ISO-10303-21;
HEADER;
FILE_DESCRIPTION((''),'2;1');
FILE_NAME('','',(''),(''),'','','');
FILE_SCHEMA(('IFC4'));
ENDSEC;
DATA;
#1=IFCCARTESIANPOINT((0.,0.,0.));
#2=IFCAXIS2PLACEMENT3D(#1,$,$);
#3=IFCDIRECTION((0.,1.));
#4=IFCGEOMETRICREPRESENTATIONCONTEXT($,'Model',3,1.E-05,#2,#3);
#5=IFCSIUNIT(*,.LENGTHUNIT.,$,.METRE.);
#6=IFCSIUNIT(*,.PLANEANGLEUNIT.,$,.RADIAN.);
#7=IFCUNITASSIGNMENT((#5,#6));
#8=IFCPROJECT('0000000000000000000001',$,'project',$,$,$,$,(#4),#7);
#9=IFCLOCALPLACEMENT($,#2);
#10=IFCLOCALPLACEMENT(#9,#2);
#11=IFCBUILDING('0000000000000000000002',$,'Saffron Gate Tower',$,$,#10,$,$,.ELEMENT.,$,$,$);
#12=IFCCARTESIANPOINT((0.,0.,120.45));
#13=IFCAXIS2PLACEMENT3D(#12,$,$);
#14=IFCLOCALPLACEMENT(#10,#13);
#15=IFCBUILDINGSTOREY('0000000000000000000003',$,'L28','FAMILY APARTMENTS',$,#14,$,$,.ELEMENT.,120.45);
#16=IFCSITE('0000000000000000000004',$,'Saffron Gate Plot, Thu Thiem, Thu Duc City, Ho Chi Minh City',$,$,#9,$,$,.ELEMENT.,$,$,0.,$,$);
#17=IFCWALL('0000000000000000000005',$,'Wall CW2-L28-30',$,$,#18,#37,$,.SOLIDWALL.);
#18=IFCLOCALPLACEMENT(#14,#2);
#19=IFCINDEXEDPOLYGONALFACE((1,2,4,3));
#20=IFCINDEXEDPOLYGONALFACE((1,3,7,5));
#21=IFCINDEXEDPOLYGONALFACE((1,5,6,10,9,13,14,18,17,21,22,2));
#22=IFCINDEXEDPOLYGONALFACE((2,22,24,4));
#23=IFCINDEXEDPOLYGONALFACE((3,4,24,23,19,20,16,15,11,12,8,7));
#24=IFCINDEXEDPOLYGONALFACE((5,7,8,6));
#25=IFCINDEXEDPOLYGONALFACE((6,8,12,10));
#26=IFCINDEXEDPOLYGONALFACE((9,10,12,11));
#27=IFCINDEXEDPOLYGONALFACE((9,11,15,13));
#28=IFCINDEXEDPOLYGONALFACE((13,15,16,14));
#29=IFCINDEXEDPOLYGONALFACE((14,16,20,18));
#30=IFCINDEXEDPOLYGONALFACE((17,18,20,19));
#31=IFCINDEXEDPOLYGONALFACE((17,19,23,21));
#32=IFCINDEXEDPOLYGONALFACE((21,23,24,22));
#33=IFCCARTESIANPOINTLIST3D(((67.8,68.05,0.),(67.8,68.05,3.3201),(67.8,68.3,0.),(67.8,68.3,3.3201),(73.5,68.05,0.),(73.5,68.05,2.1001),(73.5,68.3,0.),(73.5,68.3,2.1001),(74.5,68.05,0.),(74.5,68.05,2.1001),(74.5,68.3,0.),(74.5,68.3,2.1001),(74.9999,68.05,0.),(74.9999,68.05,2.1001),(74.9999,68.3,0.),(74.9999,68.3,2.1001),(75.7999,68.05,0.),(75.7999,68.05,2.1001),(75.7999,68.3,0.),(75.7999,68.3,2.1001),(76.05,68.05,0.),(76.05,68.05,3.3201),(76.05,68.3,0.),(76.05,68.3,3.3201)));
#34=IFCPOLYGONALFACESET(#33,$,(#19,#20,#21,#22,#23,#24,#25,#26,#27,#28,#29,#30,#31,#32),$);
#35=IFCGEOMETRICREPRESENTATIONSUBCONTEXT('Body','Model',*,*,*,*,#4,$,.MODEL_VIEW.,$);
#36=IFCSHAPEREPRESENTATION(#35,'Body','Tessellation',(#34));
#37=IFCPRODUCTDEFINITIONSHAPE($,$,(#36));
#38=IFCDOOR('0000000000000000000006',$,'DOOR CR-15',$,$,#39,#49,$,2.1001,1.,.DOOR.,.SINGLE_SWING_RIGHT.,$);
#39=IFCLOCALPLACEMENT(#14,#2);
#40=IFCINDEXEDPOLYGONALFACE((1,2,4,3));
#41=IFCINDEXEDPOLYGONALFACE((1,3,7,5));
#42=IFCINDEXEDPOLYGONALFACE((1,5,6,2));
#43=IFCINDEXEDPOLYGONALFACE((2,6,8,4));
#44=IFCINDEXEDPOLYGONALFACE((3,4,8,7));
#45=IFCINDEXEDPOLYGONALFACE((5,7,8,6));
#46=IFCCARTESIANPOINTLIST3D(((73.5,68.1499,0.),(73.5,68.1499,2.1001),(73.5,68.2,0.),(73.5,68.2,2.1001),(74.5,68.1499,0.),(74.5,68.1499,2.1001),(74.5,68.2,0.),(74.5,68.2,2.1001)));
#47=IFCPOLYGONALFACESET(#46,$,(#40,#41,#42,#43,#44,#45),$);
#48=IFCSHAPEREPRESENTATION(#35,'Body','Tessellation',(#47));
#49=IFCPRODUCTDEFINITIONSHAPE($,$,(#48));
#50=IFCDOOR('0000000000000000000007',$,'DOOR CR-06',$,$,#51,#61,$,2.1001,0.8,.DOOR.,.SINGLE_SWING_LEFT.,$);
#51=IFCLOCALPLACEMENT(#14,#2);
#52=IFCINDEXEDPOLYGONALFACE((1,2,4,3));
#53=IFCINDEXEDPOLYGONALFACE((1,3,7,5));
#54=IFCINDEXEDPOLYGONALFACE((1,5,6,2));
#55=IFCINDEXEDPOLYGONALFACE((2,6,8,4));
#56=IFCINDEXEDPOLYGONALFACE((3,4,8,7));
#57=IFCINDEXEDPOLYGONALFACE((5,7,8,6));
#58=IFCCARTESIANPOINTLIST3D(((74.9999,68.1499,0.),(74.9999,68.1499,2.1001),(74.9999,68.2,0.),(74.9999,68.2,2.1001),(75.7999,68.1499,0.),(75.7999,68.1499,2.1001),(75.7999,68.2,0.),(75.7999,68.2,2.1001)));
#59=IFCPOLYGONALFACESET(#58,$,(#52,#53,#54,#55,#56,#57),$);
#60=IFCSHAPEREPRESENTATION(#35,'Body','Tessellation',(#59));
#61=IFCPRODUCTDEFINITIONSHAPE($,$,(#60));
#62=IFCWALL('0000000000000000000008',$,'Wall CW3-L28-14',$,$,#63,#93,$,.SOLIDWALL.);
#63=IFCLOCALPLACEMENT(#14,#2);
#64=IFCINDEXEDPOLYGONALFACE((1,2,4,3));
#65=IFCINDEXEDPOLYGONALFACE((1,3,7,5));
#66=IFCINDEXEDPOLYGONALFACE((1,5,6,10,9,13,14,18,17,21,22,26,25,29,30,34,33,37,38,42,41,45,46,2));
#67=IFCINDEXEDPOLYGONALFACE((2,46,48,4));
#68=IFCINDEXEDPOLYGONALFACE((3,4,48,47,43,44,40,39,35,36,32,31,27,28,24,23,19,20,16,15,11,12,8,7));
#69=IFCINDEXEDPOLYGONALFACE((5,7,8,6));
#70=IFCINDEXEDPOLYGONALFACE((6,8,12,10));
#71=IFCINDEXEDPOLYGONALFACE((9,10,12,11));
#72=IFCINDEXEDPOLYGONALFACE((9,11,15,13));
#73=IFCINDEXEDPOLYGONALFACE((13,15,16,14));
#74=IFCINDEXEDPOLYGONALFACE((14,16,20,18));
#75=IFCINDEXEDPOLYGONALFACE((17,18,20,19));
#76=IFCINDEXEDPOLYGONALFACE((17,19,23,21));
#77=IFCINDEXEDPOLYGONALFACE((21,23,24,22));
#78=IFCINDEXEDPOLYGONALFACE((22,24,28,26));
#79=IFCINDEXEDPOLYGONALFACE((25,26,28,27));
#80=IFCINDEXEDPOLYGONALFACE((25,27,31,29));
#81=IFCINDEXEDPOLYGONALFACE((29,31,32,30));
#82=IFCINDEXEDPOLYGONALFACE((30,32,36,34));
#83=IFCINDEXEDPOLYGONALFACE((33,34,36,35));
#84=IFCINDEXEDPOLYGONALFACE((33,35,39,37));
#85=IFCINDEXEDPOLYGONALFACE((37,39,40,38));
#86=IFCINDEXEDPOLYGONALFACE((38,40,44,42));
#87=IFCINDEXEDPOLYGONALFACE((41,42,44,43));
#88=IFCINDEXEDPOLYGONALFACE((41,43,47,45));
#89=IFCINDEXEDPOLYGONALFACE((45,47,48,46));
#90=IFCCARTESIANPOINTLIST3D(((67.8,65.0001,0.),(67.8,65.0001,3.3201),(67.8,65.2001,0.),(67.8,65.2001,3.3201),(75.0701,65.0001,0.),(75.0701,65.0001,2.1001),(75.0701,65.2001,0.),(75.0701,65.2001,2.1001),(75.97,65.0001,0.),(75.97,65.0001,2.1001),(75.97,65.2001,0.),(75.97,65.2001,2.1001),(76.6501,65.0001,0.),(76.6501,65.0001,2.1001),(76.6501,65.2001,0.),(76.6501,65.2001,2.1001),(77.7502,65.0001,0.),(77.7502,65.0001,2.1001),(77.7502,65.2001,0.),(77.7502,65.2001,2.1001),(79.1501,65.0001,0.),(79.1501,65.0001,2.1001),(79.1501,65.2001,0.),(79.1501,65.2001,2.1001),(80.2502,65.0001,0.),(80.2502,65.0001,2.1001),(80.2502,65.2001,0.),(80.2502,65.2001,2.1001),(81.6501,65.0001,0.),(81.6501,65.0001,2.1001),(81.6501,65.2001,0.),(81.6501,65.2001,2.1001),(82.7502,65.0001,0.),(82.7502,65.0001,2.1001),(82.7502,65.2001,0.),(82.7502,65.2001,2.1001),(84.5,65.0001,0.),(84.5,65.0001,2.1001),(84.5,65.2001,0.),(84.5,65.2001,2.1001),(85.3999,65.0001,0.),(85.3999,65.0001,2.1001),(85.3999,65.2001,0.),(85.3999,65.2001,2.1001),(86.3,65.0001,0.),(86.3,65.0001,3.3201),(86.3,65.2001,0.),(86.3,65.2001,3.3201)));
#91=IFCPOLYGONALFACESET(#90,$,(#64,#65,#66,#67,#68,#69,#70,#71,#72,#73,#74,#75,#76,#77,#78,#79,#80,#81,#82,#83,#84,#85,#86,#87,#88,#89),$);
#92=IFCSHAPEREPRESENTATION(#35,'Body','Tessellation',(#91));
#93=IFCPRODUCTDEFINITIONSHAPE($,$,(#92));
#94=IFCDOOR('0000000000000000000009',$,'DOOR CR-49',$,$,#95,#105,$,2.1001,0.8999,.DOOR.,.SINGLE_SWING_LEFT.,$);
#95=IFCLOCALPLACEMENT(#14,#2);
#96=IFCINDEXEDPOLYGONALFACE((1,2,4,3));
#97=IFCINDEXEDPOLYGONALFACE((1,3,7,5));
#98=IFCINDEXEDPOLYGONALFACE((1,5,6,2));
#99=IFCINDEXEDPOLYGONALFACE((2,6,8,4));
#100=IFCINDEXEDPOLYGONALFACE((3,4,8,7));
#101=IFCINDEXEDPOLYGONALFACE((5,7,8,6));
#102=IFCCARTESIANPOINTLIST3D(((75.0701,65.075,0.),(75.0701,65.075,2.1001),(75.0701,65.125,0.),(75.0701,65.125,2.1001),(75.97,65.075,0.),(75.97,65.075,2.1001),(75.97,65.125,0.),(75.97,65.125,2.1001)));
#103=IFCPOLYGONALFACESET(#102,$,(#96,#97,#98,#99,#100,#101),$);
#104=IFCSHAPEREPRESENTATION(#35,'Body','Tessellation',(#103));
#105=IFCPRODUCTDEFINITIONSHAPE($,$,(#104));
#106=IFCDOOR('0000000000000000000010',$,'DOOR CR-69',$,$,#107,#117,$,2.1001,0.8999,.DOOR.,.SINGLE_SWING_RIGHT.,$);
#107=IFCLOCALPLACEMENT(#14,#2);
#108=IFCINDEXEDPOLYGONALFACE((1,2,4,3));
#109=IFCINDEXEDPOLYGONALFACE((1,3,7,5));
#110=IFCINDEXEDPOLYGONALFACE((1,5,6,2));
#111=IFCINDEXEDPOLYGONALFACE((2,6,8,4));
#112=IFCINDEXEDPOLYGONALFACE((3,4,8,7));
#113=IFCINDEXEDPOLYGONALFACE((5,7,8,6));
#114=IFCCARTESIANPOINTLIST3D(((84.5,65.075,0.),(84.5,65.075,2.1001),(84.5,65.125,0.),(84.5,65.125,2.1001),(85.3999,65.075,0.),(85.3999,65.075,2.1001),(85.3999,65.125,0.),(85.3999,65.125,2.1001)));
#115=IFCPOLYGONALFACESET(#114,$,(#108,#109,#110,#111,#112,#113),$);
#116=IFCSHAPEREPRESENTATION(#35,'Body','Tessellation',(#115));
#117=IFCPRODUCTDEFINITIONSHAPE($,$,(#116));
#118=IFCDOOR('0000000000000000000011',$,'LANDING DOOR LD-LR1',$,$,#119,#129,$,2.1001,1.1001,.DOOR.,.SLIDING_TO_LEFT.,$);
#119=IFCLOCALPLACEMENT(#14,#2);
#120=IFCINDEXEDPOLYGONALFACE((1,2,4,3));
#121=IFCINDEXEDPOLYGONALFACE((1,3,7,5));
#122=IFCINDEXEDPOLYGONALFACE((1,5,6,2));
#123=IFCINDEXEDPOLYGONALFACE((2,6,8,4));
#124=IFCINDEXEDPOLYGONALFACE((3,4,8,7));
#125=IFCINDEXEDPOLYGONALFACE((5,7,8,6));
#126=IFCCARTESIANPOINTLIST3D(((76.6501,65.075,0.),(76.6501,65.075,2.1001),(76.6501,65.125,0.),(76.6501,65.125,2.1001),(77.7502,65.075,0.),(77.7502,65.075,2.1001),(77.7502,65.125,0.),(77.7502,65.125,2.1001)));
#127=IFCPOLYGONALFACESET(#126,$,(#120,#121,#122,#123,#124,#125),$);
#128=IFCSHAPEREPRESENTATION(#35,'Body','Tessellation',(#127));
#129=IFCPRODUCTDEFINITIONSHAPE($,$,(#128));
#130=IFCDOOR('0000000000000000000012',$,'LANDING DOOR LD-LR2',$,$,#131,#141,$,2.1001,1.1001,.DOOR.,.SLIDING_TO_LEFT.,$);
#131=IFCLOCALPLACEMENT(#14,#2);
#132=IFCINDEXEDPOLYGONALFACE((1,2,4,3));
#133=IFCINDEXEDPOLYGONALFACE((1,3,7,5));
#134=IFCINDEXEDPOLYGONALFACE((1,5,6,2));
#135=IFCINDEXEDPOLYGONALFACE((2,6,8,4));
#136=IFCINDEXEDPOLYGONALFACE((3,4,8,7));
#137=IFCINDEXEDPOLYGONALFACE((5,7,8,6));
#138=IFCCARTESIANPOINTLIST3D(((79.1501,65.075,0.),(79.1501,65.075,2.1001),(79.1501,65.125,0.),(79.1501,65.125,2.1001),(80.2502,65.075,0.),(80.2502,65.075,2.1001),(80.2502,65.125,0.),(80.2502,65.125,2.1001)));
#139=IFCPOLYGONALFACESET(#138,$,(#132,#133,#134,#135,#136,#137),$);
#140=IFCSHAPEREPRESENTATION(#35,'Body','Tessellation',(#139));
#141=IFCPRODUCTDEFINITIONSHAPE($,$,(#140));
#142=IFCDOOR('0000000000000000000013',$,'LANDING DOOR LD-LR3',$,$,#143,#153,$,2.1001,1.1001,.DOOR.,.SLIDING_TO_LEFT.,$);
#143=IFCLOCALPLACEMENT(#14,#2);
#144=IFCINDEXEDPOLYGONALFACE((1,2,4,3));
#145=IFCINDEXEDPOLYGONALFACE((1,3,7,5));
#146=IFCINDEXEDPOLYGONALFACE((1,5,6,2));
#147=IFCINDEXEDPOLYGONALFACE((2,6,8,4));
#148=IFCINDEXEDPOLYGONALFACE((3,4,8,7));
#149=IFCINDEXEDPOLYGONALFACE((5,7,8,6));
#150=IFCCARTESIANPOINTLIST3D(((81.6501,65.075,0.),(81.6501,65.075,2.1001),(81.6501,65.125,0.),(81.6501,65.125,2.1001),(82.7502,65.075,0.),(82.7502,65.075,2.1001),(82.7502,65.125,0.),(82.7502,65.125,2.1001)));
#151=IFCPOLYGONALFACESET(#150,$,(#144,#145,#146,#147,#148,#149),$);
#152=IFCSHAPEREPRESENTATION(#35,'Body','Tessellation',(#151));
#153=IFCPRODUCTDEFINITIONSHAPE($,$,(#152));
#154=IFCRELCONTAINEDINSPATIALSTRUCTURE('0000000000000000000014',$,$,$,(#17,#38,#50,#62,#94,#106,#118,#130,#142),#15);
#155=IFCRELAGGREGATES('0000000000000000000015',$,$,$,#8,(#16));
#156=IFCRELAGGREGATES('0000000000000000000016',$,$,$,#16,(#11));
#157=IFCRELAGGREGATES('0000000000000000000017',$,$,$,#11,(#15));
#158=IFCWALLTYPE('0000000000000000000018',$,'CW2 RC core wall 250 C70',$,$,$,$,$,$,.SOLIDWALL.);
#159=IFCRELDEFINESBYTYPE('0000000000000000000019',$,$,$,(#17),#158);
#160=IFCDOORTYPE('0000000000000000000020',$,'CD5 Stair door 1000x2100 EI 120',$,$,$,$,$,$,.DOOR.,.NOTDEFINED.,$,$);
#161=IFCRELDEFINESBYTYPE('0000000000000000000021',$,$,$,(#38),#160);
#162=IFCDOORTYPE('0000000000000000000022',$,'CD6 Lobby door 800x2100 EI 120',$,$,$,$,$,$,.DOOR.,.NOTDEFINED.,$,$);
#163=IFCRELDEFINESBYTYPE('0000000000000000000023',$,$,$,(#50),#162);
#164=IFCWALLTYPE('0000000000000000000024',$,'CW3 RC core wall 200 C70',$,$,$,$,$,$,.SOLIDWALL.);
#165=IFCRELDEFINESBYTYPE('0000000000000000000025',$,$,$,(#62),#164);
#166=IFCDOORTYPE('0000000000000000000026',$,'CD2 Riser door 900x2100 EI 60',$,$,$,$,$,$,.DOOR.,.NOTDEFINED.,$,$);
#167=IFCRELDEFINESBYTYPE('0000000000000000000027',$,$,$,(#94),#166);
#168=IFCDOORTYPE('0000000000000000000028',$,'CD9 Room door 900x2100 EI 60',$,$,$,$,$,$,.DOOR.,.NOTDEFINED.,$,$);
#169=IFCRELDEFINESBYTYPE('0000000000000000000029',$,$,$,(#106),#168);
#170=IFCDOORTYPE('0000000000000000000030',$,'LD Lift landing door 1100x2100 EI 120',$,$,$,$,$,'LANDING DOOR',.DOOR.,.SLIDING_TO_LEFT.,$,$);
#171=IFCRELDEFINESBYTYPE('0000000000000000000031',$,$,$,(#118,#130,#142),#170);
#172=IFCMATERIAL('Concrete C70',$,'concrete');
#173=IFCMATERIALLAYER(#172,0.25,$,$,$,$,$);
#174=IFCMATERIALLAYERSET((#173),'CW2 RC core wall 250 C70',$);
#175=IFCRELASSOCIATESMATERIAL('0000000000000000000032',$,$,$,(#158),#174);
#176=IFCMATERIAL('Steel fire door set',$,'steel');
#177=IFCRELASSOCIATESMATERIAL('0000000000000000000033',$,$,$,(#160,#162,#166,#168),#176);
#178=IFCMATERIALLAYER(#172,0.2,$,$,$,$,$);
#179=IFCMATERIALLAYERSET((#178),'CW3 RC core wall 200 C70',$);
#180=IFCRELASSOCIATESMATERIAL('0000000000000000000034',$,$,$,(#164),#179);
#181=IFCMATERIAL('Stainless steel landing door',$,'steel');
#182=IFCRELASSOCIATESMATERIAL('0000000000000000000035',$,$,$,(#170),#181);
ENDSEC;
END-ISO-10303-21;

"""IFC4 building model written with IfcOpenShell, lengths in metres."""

from ifc_helpers import new_model, si_unit, direction, frame, frame_2d, origin, place, context, subcontext, project, spatial, rectangle, extrude, material, layer, layer_set, type_object, element, fill, save


model = new_model("IFC4")

# Units and contexts
model_context = context("Model", 3, precision=1e-05, world=origin(), true_north=direction((0.0, 1.0)))
body_context = subcontext(model_context, "Body", "Model", "MODEL_VIEW")
ifc_project = project(units=[si_unit("LENGTHUNIT", "METRE"), si_unit("PLANEANGLEUNIT", "RADIAN")], contexts=[model_context])

# Site, building, storey
site_placement = place(None, origin())
site = spatial("IfcSite", under=ifc_project, at=site_placement, Name="Saffron Gate Plot, Thu Thiem, Thu Duc City, Ho Chi Minh City", CompositionType="ELEMENT", RefElevation=0.0)
building_placement = place(site_placement, origin())
building = spatial("IfcBuilding", under=site, at=building_placement, Name="Saffron Gate Tower", CompositionType="ELEMENT")
storey_placement = place(building_placement, frame((0.0, 0.0, 120.45)))
storey = spatial("IfcBuildingStorey", under=building, at=storey_placement, Name="L28", Description="FAMILY APARTMENTS", CompositionType="ELEMENT", Elevation=120.45)

# Walls, openings, doors
ifc_material_1 = material(Name="Concrete C70", Category="concrete")
ifc_layer_1 = layer(ifc_material_1, 0.25)
ifc_layer_set_1 = layer_set([ifc_layer_1], Name="CW2 RC core wall 250 C70")
wall_type_1 = type_object("IfcWallType", Name="CW2 RC core wall 250 C70", PredefinedType="SOLIDWALL", material=ifc_layer_set_1)
wall_1_placement = place(storey_placement, frame((67.8, 68.175, 0.0), z_axis=(0.0, 0.0, 1.0), x_axis=(1.0, 0.0, 0.0)))
wall_1 = element("IfcWall", 1, at=wall_1_placement, inside=storey, type_object=wall_type_1, Name="Wall CW2-L28-30", PredefinedType="SOLIDWALL", context=body_context, shape_type="SweptSolid", body=[
    extrude(rectangle(XDim=8.25, YDim=0.25, at=frame_2d((4.125, 0.0))), origin(), (0.0, 0.0, 1.0), 3.3201),
])
opening_1_placement = place(wall_1_placement, frame((5.7, 0.0, 0.0)))
opening_1 = element("IfcOpeningElement", 2, at=opening_1_placement, cuts=wall_1, PredefinedType="OPENING", context=body_context, shape_type="SweptSolid", body=[
    extrude(rectangle(XDim=1.0, YDim=2.1001, at=frame_2d((0.5, 1.05))), frame((0.0, 0.135, 0.0), z_axis=(0.0, -1.0, 0.0), x_axis=(1.0, 0.0, 0.0)), (0.0, 0.0, 1.0), 0.27),
])
opening_2_placement = place(wall_1_placement, frame((7.2, 0.0, 0.0)))
opening_2 = element("IfcOpeningElement", 3, at=opening_2_placement, cuts=wall_1, PredefinedType="OPENING", context=body_context, shape_type="SweptSolid", body=[
    extrude(rectangle(XDim=0.8, YDim=2.1001, at=frame_2d((0.3999, 1.05))), frame((0.0, 0.135, 0.0), z_axis=(0.0, -1.0, 0.0), x_axis=(1.0, 0.0, 0.0)), (0.0, 0.0, 1.0), 0.27),
])
ifc_material_2 = material(Name="Steel fire door set", Category="steel")
door_type_1 = type_object("IfcDoorType", Name="CD5 Stair door 1000x2100 EI 120", OperationType="NOTDEFINED", PredefinedType="DOOR", material=ifc_material_2)
door_1_placement = place(opening_1_placement, origin())
door_1 = element("IfcDoor", 4, at=door_1_placement, inside=storey, type_object=door_type_1, Name="DOOR CR-15", OperationType="SINGLE_SWING_RIGHT", OverallHeight=2.1001, OverallWidth=1.0, PredefinedType="DOOR", context=body_context, shape_type="SweptSolid", body=[
    extrude(rectangle(XDim=1.0, YDim=2.1001, at=frame_2d((0.5, 1.05))), frame((0.0, 0.0249, 0.0), z_axis=(0.0, -1.0, 0.0), x_axis=(1.0, 0.0, 0.0)), (0.0, 0.0, 1.0), 0.05),
])
fill(opening_1, door_1)
door_type_2 = type_object("IfcDoorType", Name="CD6 Lobby door 800x2100 EI 120", OperationType="NOTDEFINED", PredefinedType="DOOR", material=ifc_material_2)
door_2_placement = place(opening_2_placement, origin())
door_2 = element("IfcDoor", 5, at=door_2_placement, inside=storey, type_object=door_type_2, Name="DOOR CR-06", OperationType="SINGLE_SWING_LEFT", OverallHeight=2.1001, OverallWidth=0.8, PredefinedType="DOOR", context=body_context, shape_type="SweptSolid", body=[
    extrude(rectangle(XDim=0.8, YDim=2.1001, at=frame_2d((0.3999, 1.05))), frame((0.0, 0.0249, 0.0), z_axis=(0.0, -1.0, 0.0), x_axis=(1.0, 0.0, 0.0)), (0.0, 0.0, 1.0), 0.05),
])
fill(opening_2, door_2)
ifc_layer_2 = layer(ifc_material_1, 0.2)
ifc_layer_set_2 = layer_set([ifc_layer_2], Name="CW3 RC core wall 200 C70")
wall_type_2 = type_object("IfcWallType", Name="CW3 RC core wall 200 C70", PredefinedType="SOLIDWALL", material=ifc_layer_set_2)
wall_2_placement = place(storey_placement, frame((67.8, 65.1001, 0.0), z_axis=(0.0, 0.0, 1.0), x_axis=(1.0, 0.0, 0.0)))
wall_2 = element("IfcWall", 6, at=wall_2_placement, inside=storey, type_object=wall_type_2, Name="Wall CW3-L28-14", PredefinedType="SOLIDWALL", context=body_context, shape_type="SweptSolid", body=[
    extrude(rectangle(XDim=18.5, YDim=0.2, at=frame_2d((9.25, 0.0))), origin(), (0.0, 0.0, 1.0), 3.3201),
])
opening_3_placement = place(wall_2_placement, frame((7.27, 0.0, 0.0)))
opening_3 = element("IfcOpeningElement", 7, at=opening_3_placement, cuts=wall_2, PredefinedType="OPENING", context=body_context, shape_type="SweptSolid", body=[
    extrude(rectangle(XDim=0.8999, YDim=2.1001, at=frame_2d((0.45, 1.05))), frame((0.0, 0.1099, 0.0), z_axis=(0.0, -1.0, 0.0), x_axis=(1.0, 0.0, 0.0)), (0.0, 0.0, 1.0), 0.22),
])
opening_4_placement = place(wall_2_placement, frame((8.8501, 0.0, 0.0)))
opening_4 = element("IfcOpeningElement", 8, at=opening_4_placement, cuts=wall_2, PredefinedType="OPENING", context=body_context, shape_type="SweptSolid", body=[
    extrude(rectangle(XDim=1.1001, YDim=2.1001, at=frame_2d((0.55, 1.05))), frame((0.0, 0.1099, 0.0), z_axis=(0.0, -1.0, 0.0), x_axis=(1.0, 0.0, 0.0)), (0.0, 0.0, 1.0), 0.22),
])
opening_5_placement = place(wall_2_placement, frame((11.3501, 0.0, 0.0)))
opening_5 = element("IfcOpeningElement", 9, at=opening_5_placement, cuts=wall_2, PredefinedType="OPENING", context=body_context, shape_type="SweptSolid", body=[
    extrude(rectangle(XDim=1.1001, YDim=2.1001, at=frame_2d((0.55, 1.05))), frame((0.0, 0.1099, 0.0), z_axis=(0.0, -1.0, 0.0), x_axis=(1.0, 0.0, 0.0)), (0.0, 0.0, 1.0), 0.22),
])
opening_6_placement = place(wall_2_placement, frame((13.8501, 0.0, 0.0)))
opening_6 = element("IfcOpeningElement", 10, at=opening_6_placement, cuts=wall_2, PredefinedType="OPENING", context=body_context, shape_type="SweptSolid", body=[
    extrude(rectangle(XDim=1.1001, YDim=2.1001, at=frame_2d((0.55, 1.05))), frame((0.0, 0.1099, 0.0), z_axis=(0.0, -1.0, 0.0), x_axis=(1.0, 0.0, 0.0)), (0.0, 0.0, 1.0), 0.22),
])
opening_7_placement = place(wall_2_placement, frame((16.7, 0.0, 0.0)))
opening_7 = element("IfcOpeningElement", 11, at=opening_7_placement, cuts=wall_2, PredefinedType="OPENING", context=body_context, shape_type="SweptSolid", body=[
    extrude(rectangle(XDim=0.8999, YDim=2.1001, at=frame_2d((0.45, 1.05))), frame((0.0, 0.1099, 0.0), z_axis=(0.0, -1.0, 0.0), x_axis=(1.0, 0.0, 0.0)), (0.0, 0.0, 1.0), 0.22),
])
door_type_3 = type_object("IfcDoorType", Name="CD2 Riser door 900x2100 EI 60", OperationType="NOTDEFINED", PredefinedType="DOOR", material=ifc_material_2)
door_3_placement = place(opening_3_placement, origin())
door_3 = element("IfcDoor", 12, at=door_3_placement, inside=storey, type_object=door_type_3, Name="DOOR CR-49", OperationType="SINGLE_SWING_LEFT", OverallHeight=2.1001, OverallWidth=0.8999, PredefinedType="DOOR", context=body_context, shape_type="SweptSolid", body=[
    extrude(rectangle(XDim=0.8999, YDim=2.1001, at=frame_2d((0.45, 1.05))), frame((0.0, 0.0249, 0.0), z_axis=(0.0, -1.0, 0.0), x_axis=(1.0, 0.0, 0.0)), (0.0, 0.0, 1.0), 0.05),
])
fill(opening_3, door_3)
door_type_4 = type_object("IfcDoorType", Name="CD9 Room door 900x2100 EI 60", OperationType="NOTDEFINED", PredefinedType="DOOR", material=ifc_material_2)
door_4_placement = place(opening_7_placement, origin())
door_4 = element("IfcDoor", 13, at=door_4_placement, inside=storey, type_object=door_type_4, Name="DOOR CR-69", OperationType="SINGLE_SWING_RIGHT", OverallHeight=2.1001, OverallWidth=0.8999, PredefinedType="DOOR", context=body_context, shape_type="SweptSolid", body=[
    extrude(rectangle(XDim=0.8999, YDim=2.1001, at=frame_2d((0.45, 1.05))), frame((0.0, 0.0249, 0.0), z_axis=(0.0, -1.0, 0.0), x_axis=(1.0, 0.0, 0.0)), (0.0, 0.0, 1.0), 0.05),
])
fill(opening_7, door_4)
ifc_material_3 = material(Name="Stainless steel landing door", Category="steel")
door_type_5 = type_object("IfcDoorType", Name="LD Lift landing door 1100x2100 EI 120", ElementType="LANDING DOOR", OperationType="SLIDING_TO_LEFT", PredefinedType="DOOR", material=ifc_material_3)
door_5_placement = place(opening_4_placement, origin())
door_5 = element("IfcDoor", 14, at=door_5_placement, inside=storey, type_object=door_type_5, Name="LANDING DOOR LD-LR1", OperationType="SLIDING_TO_LEFT", OverallHeight=2.1001, OverallWidth=1.1001, PredefinedType="DOOR", context=body_context, shape_type="SweptSolid", body=[
    extrude(rectangle(XDim=1.1001, YDim=2.1001, at=frame_2d((0.55, 1.05))), frame((0.0, 0.0249, 0.0), z_axis=(0.0, -1.0, 0.0), x_axis=(1.0, 0.0, 0.0)), (0.0, 0.0, 1.0), 0.05),
])
fill(opening_4, door_5)
door_6_placement = place(opening_5_placement, origin())
door_6 = element("IfcDoor", 15, at=door_6_placement, inside=storey, type_object=door_type_5, Name="LANDING DOOR LD-LR2", OperationType="SLIDING_TO_LEFT", OverallHeight=2.1001, OverallWidth=1.1001, PredefinedType="DOOR", context=body_context, shape_type="SweptSolid", body=[
    extrude(rectangle(XDim=1.1001, YDim=2.1001, at=frame_2d((0.55, 1.05))), frame((0.0, 0.0249, 0.0), z_axis=(0.0, -1.0, 0.0), x_axis=(1.0, 0.0, 0.0)), (0.0, 0.0, 1.0), 0.05),
])
fill(opening_5, door_6)
door_7_placement = place(opening_6_placement, origin())
door_7 = element("IfcDoor", 16, at=door_7_placement, inside=storey, type_object=door_type_5, Name="LANDING DOOR LD-LR3", OperationType="SLIDING_TO_LEFT", OverallHeight=2.1001, OverallWidth=1.1001, PredefinedType="DOOR", context=body_context, shape_type="SweptSolid", body=[
    extrude(rectangle(XDim=1.1001, YDim=2.1001, at=frame_2d((0.55, 1.05))), frame((0.0, 0.0249, 0.0), z_axis=(0.0, -1.0, 0.0), x_axis=(1.0, 0.0, 0.0)), (0.0, 0.0, 1.0), 0.05),
])
fill(opening_6, door_7)

save(model, "model.ifc")
